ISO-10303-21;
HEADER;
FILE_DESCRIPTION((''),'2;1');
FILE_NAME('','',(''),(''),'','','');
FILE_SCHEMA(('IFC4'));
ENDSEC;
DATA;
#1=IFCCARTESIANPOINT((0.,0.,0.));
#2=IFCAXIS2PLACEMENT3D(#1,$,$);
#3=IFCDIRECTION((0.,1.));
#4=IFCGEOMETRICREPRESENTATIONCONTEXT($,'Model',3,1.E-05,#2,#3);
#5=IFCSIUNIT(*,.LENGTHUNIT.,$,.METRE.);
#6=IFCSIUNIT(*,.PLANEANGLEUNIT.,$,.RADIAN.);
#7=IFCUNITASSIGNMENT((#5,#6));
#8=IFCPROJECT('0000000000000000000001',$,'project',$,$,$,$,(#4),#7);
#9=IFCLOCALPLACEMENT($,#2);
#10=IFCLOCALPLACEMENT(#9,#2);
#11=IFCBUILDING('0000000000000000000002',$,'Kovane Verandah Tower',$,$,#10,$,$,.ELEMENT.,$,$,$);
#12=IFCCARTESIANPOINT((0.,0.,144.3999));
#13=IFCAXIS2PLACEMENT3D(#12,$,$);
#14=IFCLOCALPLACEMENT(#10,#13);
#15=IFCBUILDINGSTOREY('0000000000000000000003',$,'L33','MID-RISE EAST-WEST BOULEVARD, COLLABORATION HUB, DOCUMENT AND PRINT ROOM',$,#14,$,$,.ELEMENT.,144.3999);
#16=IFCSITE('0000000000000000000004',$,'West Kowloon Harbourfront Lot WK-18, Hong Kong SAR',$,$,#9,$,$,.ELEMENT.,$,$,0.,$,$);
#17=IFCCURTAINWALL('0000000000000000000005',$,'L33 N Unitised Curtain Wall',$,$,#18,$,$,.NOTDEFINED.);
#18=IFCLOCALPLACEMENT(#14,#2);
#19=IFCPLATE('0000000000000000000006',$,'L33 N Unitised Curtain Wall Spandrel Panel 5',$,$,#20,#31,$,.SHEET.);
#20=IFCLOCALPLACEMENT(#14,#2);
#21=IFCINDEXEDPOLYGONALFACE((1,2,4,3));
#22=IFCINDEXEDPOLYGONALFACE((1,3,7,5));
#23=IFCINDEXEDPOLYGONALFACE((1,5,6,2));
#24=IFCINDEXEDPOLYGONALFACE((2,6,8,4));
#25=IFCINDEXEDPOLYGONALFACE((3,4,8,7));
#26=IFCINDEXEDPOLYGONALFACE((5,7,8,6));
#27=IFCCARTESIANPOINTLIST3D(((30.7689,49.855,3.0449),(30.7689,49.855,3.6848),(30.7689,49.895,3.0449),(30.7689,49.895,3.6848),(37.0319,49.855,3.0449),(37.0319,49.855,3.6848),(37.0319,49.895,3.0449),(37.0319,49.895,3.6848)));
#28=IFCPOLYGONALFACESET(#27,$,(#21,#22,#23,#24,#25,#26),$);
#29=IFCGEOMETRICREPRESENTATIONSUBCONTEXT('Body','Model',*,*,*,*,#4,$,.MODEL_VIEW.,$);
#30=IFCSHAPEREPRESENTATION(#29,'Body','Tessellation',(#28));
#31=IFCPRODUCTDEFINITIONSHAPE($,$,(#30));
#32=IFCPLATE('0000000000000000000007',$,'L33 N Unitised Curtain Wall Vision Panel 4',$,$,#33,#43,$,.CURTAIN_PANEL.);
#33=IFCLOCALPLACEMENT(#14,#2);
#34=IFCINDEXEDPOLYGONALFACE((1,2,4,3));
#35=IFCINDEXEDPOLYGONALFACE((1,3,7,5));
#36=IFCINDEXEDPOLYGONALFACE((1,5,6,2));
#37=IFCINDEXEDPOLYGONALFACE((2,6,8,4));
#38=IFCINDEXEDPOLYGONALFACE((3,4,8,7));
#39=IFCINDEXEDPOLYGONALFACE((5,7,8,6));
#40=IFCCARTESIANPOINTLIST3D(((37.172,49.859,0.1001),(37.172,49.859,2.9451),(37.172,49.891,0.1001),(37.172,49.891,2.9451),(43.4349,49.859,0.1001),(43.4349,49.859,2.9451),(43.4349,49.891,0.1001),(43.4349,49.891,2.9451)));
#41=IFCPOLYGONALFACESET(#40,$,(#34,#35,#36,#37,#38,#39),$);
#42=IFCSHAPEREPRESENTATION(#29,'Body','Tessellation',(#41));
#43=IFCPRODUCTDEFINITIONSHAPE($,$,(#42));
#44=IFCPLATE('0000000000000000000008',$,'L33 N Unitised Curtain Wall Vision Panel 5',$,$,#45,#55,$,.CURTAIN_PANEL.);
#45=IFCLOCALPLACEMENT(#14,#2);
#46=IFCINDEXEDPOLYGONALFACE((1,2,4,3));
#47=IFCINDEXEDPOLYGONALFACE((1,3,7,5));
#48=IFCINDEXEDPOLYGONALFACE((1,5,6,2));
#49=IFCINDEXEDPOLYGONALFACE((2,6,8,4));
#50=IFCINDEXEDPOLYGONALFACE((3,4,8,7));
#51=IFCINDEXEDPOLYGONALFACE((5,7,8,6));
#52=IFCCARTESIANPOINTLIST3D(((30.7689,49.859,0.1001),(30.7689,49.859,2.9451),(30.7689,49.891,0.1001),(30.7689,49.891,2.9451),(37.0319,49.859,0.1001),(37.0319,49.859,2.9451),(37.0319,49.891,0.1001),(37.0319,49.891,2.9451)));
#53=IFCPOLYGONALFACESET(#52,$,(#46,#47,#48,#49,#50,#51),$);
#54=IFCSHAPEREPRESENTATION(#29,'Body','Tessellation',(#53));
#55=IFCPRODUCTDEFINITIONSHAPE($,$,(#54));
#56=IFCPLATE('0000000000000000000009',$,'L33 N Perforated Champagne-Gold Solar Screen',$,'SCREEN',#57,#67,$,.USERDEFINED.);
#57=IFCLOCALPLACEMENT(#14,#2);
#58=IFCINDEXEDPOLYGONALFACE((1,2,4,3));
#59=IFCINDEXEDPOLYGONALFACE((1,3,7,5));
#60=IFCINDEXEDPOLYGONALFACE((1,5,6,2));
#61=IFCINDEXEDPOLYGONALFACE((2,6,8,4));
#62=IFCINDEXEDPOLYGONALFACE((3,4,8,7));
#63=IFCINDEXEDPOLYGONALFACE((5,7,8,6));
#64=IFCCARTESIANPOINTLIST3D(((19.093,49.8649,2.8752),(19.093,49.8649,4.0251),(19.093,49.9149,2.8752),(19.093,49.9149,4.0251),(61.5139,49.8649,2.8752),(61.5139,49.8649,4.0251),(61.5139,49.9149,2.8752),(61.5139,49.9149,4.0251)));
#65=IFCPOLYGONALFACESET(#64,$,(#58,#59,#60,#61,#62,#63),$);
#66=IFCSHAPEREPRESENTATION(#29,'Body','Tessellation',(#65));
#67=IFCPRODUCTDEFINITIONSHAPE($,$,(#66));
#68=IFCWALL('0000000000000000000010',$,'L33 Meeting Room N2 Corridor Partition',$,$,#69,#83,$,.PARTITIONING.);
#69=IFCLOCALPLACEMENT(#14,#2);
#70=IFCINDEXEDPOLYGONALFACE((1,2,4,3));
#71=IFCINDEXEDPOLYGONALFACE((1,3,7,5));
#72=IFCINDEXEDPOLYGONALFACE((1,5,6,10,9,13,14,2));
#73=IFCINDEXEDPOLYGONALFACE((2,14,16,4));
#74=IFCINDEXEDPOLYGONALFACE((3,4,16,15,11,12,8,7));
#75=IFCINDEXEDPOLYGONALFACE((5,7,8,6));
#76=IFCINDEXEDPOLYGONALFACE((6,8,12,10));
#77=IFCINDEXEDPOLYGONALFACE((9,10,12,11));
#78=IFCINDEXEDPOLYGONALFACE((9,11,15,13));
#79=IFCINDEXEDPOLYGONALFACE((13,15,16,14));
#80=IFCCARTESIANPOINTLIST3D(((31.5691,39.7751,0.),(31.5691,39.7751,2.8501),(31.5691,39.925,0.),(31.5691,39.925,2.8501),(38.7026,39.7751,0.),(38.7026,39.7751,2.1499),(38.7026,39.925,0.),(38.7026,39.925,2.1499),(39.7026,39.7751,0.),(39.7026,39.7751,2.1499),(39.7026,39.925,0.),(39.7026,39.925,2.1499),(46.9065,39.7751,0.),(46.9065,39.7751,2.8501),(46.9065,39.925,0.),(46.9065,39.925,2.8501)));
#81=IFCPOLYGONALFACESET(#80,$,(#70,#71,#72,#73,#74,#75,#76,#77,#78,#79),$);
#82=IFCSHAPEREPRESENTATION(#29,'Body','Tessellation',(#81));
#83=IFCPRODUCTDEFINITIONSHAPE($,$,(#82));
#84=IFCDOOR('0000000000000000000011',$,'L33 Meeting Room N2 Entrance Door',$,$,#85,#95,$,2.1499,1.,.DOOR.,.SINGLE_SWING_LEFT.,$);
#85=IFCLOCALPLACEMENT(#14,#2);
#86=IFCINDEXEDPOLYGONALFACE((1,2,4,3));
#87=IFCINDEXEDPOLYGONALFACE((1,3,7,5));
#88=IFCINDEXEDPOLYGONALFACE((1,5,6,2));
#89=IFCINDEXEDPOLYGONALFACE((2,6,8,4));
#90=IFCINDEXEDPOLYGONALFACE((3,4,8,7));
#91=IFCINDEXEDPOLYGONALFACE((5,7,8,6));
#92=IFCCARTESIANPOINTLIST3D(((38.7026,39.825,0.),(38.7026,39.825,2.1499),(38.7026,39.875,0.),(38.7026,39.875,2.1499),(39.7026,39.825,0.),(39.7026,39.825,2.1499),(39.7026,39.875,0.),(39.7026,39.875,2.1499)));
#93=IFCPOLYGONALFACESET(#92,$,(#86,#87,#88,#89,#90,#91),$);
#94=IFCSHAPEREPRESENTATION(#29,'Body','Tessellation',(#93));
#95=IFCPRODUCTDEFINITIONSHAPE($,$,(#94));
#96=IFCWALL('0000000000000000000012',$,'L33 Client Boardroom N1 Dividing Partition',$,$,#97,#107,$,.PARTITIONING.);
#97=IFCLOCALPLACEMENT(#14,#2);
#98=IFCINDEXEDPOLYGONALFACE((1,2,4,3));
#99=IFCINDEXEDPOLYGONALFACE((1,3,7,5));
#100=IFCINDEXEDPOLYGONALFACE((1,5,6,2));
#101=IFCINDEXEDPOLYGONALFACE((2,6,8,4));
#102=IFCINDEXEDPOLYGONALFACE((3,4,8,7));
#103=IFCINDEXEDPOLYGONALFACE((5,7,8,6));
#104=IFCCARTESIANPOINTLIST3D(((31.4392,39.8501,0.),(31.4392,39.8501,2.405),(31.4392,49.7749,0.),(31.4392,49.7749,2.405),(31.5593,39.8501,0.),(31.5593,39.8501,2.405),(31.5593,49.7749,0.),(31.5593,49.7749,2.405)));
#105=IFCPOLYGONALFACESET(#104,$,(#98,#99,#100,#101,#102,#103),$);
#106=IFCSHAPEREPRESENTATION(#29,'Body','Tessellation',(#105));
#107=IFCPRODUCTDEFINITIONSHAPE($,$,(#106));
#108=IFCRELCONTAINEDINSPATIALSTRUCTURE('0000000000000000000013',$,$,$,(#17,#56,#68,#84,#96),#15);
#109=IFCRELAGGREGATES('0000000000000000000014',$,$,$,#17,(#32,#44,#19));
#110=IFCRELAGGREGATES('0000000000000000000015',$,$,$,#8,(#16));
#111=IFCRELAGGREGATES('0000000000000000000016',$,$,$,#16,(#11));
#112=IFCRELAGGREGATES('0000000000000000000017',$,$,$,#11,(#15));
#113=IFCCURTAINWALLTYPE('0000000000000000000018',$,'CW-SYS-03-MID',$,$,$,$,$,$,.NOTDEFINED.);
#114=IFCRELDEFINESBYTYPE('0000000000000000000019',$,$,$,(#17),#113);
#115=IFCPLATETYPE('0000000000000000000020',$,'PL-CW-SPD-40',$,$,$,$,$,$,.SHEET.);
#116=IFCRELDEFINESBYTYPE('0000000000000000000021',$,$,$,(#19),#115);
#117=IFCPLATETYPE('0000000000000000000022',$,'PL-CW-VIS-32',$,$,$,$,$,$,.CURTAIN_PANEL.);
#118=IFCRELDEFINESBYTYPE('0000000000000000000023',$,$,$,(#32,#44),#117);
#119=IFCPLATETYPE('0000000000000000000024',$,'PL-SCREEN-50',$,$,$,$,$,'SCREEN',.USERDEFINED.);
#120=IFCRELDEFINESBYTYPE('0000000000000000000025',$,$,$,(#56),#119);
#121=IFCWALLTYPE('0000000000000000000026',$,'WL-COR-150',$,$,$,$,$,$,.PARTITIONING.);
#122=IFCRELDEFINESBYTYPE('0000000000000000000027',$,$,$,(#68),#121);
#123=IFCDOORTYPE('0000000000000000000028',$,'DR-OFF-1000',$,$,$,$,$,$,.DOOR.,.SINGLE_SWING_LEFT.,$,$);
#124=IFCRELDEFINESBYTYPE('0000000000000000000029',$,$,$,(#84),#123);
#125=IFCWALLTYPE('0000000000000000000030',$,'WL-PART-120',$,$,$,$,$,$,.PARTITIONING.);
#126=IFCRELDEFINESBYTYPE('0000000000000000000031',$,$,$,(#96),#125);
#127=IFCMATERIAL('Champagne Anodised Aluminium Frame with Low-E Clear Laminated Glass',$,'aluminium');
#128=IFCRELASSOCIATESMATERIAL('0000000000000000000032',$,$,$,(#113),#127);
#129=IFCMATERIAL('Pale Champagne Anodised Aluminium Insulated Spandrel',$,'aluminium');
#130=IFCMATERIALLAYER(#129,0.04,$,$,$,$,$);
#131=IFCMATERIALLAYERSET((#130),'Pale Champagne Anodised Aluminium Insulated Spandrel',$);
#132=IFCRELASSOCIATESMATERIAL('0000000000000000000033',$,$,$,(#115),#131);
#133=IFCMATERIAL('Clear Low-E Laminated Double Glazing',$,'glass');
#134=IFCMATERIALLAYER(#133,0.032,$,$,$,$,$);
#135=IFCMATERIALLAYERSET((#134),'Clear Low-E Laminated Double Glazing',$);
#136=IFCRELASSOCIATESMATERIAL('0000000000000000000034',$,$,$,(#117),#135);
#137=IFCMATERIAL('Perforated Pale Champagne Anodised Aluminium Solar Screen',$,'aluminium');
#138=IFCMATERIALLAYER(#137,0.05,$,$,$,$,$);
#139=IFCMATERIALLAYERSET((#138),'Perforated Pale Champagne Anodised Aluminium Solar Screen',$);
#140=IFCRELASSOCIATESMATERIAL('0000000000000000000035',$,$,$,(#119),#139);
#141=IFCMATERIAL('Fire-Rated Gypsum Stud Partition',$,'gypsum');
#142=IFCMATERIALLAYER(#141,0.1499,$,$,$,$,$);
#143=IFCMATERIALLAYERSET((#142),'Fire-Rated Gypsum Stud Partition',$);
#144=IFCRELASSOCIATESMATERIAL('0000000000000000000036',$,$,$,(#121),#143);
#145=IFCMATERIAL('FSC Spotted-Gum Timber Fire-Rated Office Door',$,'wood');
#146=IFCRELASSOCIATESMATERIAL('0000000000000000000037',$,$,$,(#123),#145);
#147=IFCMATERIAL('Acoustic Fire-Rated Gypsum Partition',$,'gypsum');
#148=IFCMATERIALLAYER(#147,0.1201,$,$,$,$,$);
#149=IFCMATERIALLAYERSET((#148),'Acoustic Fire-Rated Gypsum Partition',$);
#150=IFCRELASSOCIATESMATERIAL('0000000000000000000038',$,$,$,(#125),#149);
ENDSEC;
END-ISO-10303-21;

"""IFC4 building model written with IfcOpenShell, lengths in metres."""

from ifc_helpers import new_model, si_unit, direction, frame, frame_2d, origin, origin_2d, place, context, subcontext, project, spatial, rectangle, extrude, material, layer, layer_set, type_object, element, fill, aggregate, save


model = new_model("IFC4")

# Units and contexts
model_context = context("Model", 3, precision=1e-05, world=origin(), true_north=direction((0.0, 1.0)))
body_context = subcontext(model_context, "Body", "Model", "MODEL_VIEW")
ifc_project = project(units=[si_unit("LENGTHUNIT", "METRE"), si_unit("PLANEANGLEUNIT", "RADIAN")], contexts=[model_context])

# Site, building, storey
site_placement = place(None, origin())
site = spatial("IfcSite", under=ifc_project, at=site_placement, Name="West Kowloon Harbourfront Lot WK-18, Hong Kong SAR", CompositionType="ELEMENT", RefElevation=0.0)
building_placement = place(site_placement, origin())
building = spatial("IfcBuilding", under=site, at=building_placement, Name="Kovane Verandah Tower", CompositionType="ELEMENT")
storey_placement = place(building_placement, frame((0.0, 0.0, 144.3999)))
storey = spatial("IfcBuildingStorey", under=building, at=storey_placement, Name="L33", Description="MID-RISE EAST-WEST BOULEVARD, COLLABORATION HUB, DOCUMENT AND PRINT ROOM", CompositionType="ELEMENT", Elevation=144.3999)

# Curtain wall
ifc_material_1 = material(Name="Champagne Anodised Aluminium Frame with Low-E Clear Laminated Glass", Category="aluminium")
curtain_wall_type = type_object("IfcCurtainWallType", Name="CW-SYS-03-MID", PredefinedType="NOTDEFINED", material=ifc_material_1)
curtain_wall_placement = place(storey_placement, origin())
curtain_wall = element("IfcCurtainWall", 1, at=curtain_wall_placement, inside=storey, type_object=curtain_wall_type, Name="L33 N Unitised Curtain Wall", PredefinedType="NOTDEFINED")

# Plates
ifc_material_2 = material(Name="Pale Champagne Anodised Aluminium Insulated Spandrel", Category="aluminium")
ifc_layer_1 = layer(ifc_material_2, 0.04)
ifc_layer_set_1 = layer_set([ifc_layer_1], Name="Pale Champagne Anodised Aluminium Insulated Spandrel")
plate_type_1 = type_object("IfcPlateType", Name="PL-CW-SPD-40", PredefinedType="SHEET", material=ifc_layer_set_1)
plate_1_placement = place(storey_placement, frame((33.9004, 49.875, 3.0449), z_axis=(0.0, 0.0, 1.0), x_axis=(-1.0, 0.0, 0.0)))
plate_1 = element("IfcPlate", 2, at=plate_1_placement, type_object=plate_type_1, Name="L33 N Unitised Curtain Wall Spandrel Panel 5", PredefinedType="SHEET", context=body_context, shape_type="SweptSolid", body=[
    extrude(rectangle(XDim=6.2629, YDim=0.04, at=origin_2d()), origin(), (0.0, 0.0, 1.0), 0.6399),
])
ifc_material_3 = material(Name="Clear Low-E Laminated Double Glazing", Category="glass")
ifc_layer_2 = layer(ifc_material_3, 0.032)
ifc_layer_set_2 = layer_set([ifc_layer_2], Name="Clear Low-E Laminated Double Glazing")
plate_type_2 = type_object("IfcPlateType", Name="PL-CW-VIS-32", PredefinedType="CURTAIN_PANEL", material=ifc_layer_set_2)
plate_2_placement = place(storey_placement, frame((40.3035, 49.875, 0.1001), z_axis=(0.0, 0.0, 1.0), x_axis=(-1.0, 0.0, 0.0)))
plate_2 = element("IfcPlate", 3, at=plate_2_placement, type_object=plate_type_2, Name="L33 N Unitised Curtain Wall Vision Panel 4", PredefinedType="CURTAIN_PANEL", context=body_context, shape_type="SweptSolid", body=[
    extrude(rectangle(XDim=6.2629, YDim=0.032, at=origin_2d()), origin(), (0.0, 0.0, 1.0), 2.845),
])
plate_3_placement = place(storey_placement, frame((33.9004, 49.875, 0.1001), z_axis=(0.0, 0.0, 1.0), x_axis=(-1.0, 0.0, 0.0)))
plate_3 = element("IfcPlate", 4, at=plate_3_placement, type_object=plate_type_2, Name="L33 N Unitised Curtain Wall Vision Panel 5", PredefinedType="CURTAIN_PANEL", context=body_context, shape_type="SweptSolid", body=[
    extrude(rectangle(XDim=6.2629, YDim=0.032, at=origin_2d()), origin(), (0.0, 0.0, 1.0), 2.845),
])
aggregate(curtain_wall, [plate_2, plate_3, plate_1])
ifc_material_4 = material(Name="Perforated Pale Champagne Anodised Aluminium Solar Screen", Category="aluminium")
ifc_layer_3 = layer(ifc_material_4, 0.05)
ifc_layer_set_3 = layer_set([ifc_layer_3], Name="Perforated Pale Champagne Anodised Aluminium Solar Screen")
plate_type_3 = type_object("IfcPlateType", Name="PL-SCREEN-50", ElementType="SCREEN", PredefinedType="USERDEFINED", material=ifc_layer_set_3)
plate_4_placement = place(storey_placement, frame((40.3035, 49.8899, 2.8752), z_axis=(0.0, 0.0, 1.0), x_axis=(-1.0, 0.0, 0.0)))
element("IfcPlate", 5, at=plate_4_placement, inside=storey, type_object=plate_type_3, Name="L33 N Perforated Champagne-Gold Solar Screen", ObjectType="SCREEN", PredefinedType="USERDEFINED", context=body_context, shape_type="SweptSolid", body=[
    extrude(rectangle(XDim=42.4209, YDim=0.05, at=origin_2d()), origin(), (0.0, 0.0, 1.0), 1.1499),
])

# Wall, opening, door
ifc_material_5 = material(Name="Fire-Rated Gypsum Stud Partition", Category="gypsum")
ifc_layer_4 = layer(ifc_material_5, 0.1499)
ifc_layer_set_4 = layer_set([ifc_layer_4], Name="Fire-Rated Gypsum Stud Partition")
wall_type_1 = type_object("IfcWallType", Name="WL-COR-150", PredefinedType="PARTITIONING", material=ifc_layer_set_4)
wall_1_placement = place(storey_placement, frame((31.5691, 39.8501, 0.0), z_axis=(0.0, 0.0, 1.0), x_axis=(1.0, 0.0, 0.0)))
wall_1 = element("IfcWall", 6, at=wall_1_placement, inside=storey, type_object=wall_type_1, Name="L33 Meeting Room N2 Corridor Partition", PredefinedType="PARTITIONING", context=body_context, shape_type="SweptSolid", body=[
    extrude(rectangle(XDim=15.3374, YDim=0.1499, at=frame_2d((7.6687, 0.0))), origin(), (0.0, 0.0, 1.0), 2.8501),
])
opening_placement = place(wall_1_placement, frame((7.1335, 0.0, 0.0)))
opening = element("IfcOpeningElement", 7, at=opening_placement, cuts=wall_1, PredefinedType="OPENING", context=body_context, shape_type="SweptSolid", body=[
    extrude(rectangle(XDim=1.0, YDim=2.1499, at=frame_2d((0.5, 1.075))), frame((0.0, 0.075, 0.0), z_axis=(0.0, -1.0, 0.0), x_axis=(1.0, 0.0, 0.0)), (0.0, 0.0, 1.0), 0.1499),
])
ifc_material_6 = material(Name="FSC Spotted-Gum Timber Fire-Rated Office Door", Category="wood")
door_type = type_object("IfcDoorType", Name="DR-OFF-1000", OperationType="SINGLE_SWING_LEFT", PredefinedType="DOOR", material=ifc_material_6)
door_placement = place(opening_placement, origin())
door = element("IfcDoor", 8, at=door_placement, inside=storey, type_object=door_type, Name="L33 Meeting Room N2 Entrance Door", OperationType="SINGLE_SWING_LEFT", OverallHeight=2.1499, OverallWidth=1.0, PredefinedType="DOOR", context=body_context, shape_type="SweptSolid", body=[
    extrude(rectangle(XDim=1.0, YDim=2.1499, at=frame_2d((0.5, 1.075))), frame((0.0, 0.0249, 0.0), z_axis=(0.0, -1.0, 0.0), x_axis=(1.0, 0.0, 0.0)), (0.0, 0.0, 1.0), 0.05),
])
fill(opening, door)

# Wall
ifc_material_7 = material(Name="Acoustic Fire-Rated Gypsum Partition", Category="gypsum")
ifc_layer_5 = layer(ifc_material_7, 0.1201)
ifc_layer_set_5 = layer_set([ifc_layer_5], Name="Acoustic Fire-Rated Gypsum Partition")
wall_type_2 = type_object("IfcWallType", Name="WL-PART-120", PredefinedType="PARTITIONING", material=ifc_layer_set_5)
wall_2_placement = place(storey_placement, frame((31.4993, 39.8501, 0.0), z_axis=(0.0, 0.0, 1.0), x_axis=(0.0, 1.0, 0.0)))
element("IfcWall", 9, at=wall_2_placement, inside=storey, type_object=wall_type_2, Name="L33 Client Boardroom N1 Dividing Partition", PredefinedType="PARTITIONING", context=body_context, shape_type="SweptSolid", body=[
    extrude(rectangle(XDim=9.9248, YDim=0.1201, at=frame_2d((4.9624, 0.0))), origin(), (0.0, 0.0, 1.0), 2.405),
])

save(model, "model.ifc")
